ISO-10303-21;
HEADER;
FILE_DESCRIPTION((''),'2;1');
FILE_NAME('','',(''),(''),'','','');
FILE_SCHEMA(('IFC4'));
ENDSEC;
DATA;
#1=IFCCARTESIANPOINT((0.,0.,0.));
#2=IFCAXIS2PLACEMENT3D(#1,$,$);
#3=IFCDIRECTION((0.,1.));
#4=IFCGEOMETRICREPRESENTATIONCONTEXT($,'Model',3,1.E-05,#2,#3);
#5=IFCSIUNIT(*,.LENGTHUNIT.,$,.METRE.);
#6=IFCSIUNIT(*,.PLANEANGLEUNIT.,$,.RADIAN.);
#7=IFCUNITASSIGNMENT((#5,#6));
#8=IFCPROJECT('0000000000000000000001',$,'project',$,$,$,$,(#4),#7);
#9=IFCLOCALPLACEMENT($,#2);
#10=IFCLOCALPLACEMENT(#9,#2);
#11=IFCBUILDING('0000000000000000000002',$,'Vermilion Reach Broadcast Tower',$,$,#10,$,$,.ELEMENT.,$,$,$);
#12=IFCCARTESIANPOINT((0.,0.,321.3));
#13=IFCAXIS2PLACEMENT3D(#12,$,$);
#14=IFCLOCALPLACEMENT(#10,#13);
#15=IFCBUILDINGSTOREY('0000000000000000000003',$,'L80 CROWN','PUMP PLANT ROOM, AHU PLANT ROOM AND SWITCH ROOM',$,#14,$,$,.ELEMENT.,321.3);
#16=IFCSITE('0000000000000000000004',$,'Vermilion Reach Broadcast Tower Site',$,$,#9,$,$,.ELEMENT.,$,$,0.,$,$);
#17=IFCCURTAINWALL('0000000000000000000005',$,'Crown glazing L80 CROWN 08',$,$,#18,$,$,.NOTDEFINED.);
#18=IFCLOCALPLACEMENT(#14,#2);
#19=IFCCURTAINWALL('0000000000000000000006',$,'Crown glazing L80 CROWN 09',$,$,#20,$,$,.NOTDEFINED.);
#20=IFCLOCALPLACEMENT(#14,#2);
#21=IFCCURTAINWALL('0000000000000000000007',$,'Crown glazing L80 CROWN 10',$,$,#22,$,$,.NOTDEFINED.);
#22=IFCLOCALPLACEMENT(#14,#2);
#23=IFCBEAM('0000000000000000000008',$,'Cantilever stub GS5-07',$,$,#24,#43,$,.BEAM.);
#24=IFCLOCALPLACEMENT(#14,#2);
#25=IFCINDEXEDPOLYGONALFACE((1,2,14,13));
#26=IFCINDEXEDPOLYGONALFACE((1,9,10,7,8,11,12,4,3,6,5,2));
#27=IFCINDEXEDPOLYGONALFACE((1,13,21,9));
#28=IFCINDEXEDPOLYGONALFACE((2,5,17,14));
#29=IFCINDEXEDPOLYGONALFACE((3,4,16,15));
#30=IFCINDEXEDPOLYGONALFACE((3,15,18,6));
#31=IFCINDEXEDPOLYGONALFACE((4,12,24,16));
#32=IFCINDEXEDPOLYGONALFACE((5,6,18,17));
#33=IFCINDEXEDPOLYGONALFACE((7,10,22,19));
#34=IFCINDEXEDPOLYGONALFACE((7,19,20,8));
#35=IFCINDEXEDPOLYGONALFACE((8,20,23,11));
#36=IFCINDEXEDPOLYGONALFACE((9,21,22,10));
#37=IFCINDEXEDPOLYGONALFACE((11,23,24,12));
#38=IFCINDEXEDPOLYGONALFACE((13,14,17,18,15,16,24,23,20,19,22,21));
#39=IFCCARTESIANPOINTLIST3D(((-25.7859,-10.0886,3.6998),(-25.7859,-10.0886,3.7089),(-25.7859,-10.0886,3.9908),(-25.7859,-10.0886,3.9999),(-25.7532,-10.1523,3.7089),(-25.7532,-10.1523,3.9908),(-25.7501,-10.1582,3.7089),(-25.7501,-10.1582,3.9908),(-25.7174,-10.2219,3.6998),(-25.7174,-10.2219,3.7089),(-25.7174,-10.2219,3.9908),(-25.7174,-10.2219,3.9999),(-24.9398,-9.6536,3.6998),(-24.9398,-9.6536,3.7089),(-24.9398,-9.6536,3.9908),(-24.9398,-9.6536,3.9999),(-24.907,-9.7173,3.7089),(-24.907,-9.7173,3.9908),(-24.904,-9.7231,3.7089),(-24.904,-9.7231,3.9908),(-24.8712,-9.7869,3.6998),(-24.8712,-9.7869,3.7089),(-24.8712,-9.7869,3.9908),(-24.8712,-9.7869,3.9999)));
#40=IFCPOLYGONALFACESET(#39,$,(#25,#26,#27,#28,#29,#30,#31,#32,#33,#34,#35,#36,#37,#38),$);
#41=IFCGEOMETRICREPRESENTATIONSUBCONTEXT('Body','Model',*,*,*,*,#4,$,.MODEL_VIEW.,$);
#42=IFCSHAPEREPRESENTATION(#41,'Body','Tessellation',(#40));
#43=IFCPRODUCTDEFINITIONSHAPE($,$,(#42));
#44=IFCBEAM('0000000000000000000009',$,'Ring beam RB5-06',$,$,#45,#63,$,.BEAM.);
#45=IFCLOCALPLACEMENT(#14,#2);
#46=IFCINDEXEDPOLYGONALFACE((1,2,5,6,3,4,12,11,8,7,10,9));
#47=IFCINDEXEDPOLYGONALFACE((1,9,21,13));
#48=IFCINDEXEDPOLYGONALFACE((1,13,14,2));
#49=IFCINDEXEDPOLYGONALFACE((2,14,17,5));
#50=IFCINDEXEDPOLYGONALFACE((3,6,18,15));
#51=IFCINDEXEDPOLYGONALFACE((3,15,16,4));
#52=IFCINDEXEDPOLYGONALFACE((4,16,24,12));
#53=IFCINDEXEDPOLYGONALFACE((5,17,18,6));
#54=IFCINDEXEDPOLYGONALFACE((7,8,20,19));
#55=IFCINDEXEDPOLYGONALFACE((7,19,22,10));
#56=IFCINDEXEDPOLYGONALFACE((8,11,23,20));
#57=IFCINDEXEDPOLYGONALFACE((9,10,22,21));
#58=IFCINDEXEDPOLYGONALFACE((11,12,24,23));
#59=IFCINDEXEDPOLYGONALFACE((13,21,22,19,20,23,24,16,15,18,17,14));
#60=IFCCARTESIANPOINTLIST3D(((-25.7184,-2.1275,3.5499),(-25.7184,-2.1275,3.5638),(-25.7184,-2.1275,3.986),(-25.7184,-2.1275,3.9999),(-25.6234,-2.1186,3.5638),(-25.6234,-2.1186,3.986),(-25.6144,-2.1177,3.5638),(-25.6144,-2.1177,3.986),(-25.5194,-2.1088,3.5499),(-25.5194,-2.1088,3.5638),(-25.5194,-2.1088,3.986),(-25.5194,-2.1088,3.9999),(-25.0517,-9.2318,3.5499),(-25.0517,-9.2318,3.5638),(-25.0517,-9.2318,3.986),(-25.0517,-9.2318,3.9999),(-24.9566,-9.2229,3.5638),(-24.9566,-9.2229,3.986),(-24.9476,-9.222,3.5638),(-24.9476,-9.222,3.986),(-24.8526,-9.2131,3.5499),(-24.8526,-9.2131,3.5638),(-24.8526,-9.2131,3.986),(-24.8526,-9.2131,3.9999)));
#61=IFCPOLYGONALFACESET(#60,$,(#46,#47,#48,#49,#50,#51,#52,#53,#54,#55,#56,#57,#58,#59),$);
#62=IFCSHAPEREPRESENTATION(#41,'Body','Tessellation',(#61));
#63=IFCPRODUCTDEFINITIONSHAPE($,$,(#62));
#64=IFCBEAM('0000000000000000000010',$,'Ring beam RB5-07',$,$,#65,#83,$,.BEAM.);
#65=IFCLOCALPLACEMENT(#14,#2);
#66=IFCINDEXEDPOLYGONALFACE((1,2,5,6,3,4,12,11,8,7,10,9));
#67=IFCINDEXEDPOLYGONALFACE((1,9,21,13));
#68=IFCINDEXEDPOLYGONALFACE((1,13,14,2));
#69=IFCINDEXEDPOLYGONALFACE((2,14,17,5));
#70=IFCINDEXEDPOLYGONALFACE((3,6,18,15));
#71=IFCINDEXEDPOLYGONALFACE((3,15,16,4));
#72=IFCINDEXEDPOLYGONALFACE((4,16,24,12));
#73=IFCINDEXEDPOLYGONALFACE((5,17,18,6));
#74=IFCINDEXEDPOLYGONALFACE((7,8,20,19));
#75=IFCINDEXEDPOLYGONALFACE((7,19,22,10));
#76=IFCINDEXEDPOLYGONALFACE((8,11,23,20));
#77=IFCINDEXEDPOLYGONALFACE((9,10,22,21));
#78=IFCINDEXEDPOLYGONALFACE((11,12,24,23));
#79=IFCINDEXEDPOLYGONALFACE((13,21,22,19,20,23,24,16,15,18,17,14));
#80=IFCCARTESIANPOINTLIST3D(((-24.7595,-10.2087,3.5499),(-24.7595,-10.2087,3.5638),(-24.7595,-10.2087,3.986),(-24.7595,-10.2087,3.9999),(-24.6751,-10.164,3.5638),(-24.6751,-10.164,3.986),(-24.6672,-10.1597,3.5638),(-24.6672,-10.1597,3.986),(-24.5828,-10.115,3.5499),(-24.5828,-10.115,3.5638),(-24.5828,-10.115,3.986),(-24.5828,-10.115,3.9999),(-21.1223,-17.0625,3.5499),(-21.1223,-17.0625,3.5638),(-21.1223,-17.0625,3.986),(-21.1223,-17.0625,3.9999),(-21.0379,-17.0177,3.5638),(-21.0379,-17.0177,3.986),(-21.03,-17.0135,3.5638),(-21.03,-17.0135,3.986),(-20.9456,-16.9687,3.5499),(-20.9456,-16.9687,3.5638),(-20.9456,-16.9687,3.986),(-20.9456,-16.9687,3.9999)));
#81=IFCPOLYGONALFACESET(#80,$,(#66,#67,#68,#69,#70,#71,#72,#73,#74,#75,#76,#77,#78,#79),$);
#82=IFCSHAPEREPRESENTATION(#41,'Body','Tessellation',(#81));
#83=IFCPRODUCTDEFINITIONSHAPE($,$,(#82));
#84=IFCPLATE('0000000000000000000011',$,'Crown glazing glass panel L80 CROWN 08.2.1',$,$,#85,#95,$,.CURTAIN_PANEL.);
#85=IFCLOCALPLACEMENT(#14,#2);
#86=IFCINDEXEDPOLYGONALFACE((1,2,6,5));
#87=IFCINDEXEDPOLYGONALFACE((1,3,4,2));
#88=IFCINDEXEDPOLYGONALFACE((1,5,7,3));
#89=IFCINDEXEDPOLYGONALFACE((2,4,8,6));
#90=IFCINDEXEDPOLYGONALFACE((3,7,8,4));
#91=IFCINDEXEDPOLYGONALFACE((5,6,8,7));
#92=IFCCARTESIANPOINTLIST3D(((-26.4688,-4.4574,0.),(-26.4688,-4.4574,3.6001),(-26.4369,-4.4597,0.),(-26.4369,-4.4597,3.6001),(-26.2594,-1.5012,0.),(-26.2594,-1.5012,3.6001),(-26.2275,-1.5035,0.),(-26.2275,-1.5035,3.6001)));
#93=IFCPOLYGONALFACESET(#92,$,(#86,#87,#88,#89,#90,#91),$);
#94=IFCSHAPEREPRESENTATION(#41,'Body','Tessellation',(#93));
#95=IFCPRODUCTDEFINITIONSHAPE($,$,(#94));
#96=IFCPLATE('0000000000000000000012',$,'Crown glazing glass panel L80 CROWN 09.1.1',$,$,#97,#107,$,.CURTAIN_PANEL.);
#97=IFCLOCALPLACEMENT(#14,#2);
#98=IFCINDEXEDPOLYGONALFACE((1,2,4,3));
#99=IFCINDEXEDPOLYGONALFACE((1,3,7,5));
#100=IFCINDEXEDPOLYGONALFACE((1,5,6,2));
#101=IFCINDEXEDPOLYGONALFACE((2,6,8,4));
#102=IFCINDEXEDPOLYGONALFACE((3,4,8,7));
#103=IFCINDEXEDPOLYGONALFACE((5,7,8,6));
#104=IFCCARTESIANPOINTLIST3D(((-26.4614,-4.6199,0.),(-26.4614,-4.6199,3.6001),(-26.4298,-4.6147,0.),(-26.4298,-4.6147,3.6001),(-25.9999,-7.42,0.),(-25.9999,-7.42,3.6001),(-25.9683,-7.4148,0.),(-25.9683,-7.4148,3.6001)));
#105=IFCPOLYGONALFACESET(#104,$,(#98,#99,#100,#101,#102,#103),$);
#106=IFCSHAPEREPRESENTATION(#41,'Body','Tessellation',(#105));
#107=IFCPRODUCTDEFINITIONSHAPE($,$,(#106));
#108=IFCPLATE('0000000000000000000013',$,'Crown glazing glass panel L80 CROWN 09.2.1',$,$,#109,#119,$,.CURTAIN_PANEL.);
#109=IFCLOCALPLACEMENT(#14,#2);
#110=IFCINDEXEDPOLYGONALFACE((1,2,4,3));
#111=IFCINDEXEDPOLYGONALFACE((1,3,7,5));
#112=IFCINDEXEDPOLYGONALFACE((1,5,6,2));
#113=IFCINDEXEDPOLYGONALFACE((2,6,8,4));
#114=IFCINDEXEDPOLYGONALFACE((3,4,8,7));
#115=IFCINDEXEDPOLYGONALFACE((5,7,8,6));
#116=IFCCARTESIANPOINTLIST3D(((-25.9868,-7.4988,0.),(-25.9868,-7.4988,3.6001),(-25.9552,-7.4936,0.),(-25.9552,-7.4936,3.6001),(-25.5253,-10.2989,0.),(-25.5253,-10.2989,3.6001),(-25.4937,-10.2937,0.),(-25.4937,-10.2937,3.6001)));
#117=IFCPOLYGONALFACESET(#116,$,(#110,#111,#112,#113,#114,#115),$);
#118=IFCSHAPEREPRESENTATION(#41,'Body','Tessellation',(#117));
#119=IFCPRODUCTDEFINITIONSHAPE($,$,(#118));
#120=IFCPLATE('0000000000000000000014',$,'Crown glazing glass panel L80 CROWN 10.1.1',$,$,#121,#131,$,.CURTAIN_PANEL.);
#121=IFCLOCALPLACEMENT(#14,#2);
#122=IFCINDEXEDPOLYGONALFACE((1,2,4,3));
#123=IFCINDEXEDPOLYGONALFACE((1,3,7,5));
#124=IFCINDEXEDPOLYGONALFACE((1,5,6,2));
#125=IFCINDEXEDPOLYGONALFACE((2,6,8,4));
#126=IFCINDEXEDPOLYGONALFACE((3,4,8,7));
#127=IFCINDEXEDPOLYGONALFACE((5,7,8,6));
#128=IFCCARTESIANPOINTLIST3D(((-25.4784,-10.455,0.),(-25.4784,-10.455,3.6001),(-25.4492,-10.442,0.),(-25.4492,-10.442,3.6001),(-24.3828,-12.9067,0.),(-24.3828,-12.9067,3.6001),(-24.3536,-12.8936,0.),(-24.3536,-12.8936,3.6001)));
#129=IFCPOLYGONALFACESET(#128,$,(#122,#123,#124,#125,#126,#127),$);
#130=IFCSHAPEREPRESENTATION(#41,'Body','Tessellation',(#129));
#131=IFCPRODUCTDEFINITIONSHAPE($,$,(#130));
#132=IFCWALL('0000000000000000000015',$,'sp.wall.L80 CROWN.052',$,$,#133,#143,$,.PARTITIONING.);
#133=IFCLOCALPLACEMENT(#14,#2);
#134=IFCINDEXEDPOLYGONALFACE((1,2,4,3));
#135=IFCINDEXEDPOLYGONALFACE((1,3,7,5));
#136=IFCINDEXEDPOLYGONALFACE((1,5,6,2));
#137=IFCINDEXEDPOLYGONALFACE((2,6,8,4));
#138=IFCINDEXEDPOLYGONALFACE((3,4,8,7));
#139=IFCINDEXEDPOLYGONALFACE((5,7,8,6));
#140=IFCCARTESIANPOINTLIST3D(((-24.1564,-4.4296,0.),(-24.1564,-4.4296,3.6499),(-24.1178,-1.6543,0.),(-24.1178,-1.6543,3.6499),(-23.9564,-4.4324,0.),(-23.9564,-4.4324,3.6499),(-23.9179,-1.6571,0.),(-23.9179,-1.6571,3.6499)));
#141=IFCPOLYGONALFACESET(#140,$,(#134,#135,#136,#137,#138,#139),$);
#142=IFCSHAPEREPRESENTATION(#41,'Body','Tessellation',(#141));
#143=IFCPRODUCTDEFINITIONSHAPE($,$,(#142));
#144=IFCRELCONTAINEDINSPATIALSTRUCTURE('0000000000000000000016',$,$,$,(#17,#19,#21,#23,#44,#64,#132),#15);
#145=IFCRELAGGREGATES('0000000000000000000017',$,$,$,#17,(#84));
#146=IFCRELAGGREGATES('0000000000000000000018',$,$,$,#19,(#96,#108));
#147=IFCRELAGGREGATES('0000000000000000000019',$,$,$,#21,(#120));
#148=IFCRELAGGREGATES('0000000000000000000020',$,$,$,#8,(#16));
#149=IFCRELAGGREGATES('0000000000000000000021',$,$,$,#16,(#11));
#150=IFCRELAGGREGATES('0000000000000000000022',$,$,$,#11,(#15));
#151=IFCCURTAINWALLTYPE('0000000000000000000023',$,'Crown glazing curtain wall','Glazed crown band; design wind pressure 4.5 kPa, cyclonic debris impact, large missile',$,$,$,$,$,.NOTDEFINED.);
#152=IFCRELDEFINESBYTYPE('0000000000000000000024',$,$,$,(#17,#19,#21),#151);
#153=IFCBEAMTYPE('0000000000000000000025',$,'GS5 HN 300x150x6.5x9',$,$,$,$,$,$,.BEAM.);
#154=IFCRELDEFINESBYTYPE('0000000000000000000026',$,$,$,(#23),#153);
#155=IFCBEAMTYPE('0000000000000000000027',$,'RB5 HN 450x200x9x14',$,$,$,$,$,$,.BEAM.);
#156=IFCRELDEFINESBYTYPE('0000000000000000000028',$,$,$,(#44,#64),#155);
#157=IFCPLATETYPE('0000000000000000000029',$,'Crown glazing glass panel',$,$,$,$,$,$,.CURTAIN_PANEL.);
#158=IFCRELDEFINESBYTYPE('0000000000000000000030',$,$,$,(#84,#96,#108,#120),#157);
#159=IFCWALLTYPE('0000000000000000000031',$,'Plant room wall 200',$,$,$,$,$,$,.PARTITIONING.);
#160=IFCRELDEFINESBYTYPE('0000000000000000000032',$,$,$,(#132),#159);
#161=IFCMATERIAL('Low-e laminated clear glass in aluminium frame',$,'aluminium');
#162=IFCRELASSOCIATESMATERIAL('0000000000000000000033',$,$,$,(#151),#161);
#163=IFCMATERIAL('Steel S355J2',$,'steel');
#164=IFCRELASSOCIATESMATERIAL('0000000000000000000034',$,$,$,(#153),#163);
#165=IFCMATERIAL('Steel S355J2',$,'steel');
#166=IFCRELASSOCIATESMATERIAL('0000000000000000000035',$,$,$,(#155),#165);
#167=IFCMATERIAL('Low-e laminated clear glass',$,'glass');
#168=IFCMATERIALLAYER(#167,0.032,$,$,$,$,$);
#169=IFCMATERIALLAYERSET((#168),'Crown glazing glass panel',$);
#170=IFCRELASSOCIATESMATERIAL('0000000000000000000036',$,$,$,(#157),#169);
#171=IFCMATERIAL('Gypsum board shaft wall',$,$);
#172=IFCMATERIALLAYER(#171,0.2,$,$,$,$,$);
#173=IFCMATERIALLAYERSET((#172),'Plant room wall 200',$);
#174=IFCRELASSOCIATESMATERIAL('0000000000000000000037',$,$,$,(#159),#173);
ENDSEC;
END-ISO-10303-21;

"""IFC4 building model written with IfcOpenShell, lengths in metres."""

from ifc_helpers import new_model, si_unit, direction, frame, frame_2d, origin, origin_2d, place, context, subcontext, project, spatial, rectangle, i_section, extrude, material, layer, layer_set, material_profile, profile_set, type_object, element, aggregate, save


model = new_model("IFC4")

# Units and contexts
model_context = context("Model", 3, precision=1e-05, world=origin(), true_north=direction((0.0, 1.0)))
body_context = subcontext(model_context, "Body", "Model", "MODEL_VIEW")
ifc_project = project(units=[si_unit("LENGTHUNIT", "METRE"), si_unit("PLANEANGLEUNIT", "RADIAN")], contexts=[model_context])

# Site, building, storey
site_placement = place(None, origin())
site = spatial("IfcSite", under=ifc_project, at=site_placement, Name="Vermilion Reach Broadcast Tower Site", CompositionType="ELEMENT", RefElevation=0.0)
building_placement = place(site_placement, origin())
building = spatial("IfcBuilding", under=site, at=building_placement, Name="Vermilion Reach Broadcast Tower", CompositionType="ELEMENT")
storey_placement = place(building_placement, frame((0.0, 0.0, 321.3)))
storey = spatial("IfcBuildingStorey", under=building, at=storey_placement, Name="L80 CROWN", Description="PUMP PLANT ROOM, AHU PLANT ROOM AND SWITCH ROOM", CompositionType="ELEMENT", Elevation=321.3)

# Curtain walls
ifc_material_1 = material(Name="Low-e laminated clear glass in aluminium frame", Category="aluminium")
curtain_wall_type = type_object("IfcCurtainWallType", Name="Crown glazing curtain wall", Description="Glazed crown band; design wind pressure 4.5 kPa, cyclonic debris impact, large missile", PredefinedType="NOTDEFINED", material=ifc_material_1)
placement = place(storey_placement, origin())
curtain_wall_1 = element("IfcCurtainWall", 1, at=placement, inside=storey, type_object=curtain_wall_type, Name="Crown glazing L80 CROWN 08", PredefinedType="NOTDEFINED")
curtain_wall_2 = element("IfcCurtainWall", 2, at=placement, inside=storey, type_object=curtain_wall_type, Name="Crown glazing L80 CROWN 09", PredefinedType="NOTDEFINED")
curtain_wall_3 = element("IfcCurtainWall", 3, at=placement, inside=storey, type_object=curtain_wall_type, Name="Crown glazing L80 CROWN 10", PredefinedType="NOTDEFINED")

# Beams
ifc_material_2 = material(Name="Steel S355J2", Category="steel")
ifc_material_profile_1 = material_profile(ifc_material_2, i_section(OverallWidth=0.1499, OverallDepth=0.3, WebThickness=0.0066, FlangeThickness=0.009, at=origin_2d()), Name="S355J2 HN 300x150x6.5x9")
ifc_profile_set_1 = profile_set([ifc_material_profile_1], Name="Steel S355J2")
beam_type_1 = type_object("IfcBeamType", Name="GS5 HN 300x150x6.5x9", PredefinedType="BEAM", material=ifc_profile_set_1)
beam_1_placement = place(storey_placement, frame((-24.9055, -9.7202, 3.8499), z_axis=(-0.889341, -0.457244, 0.0), x_axis=(0.457244, -0.889341, 0.0)))
element("IfcBeam", 4, at=beam_1_placement, inside=storey, type_object=beam_type_1, Name="Cantilever stub GS5-07", PredefinedType="BEAM", context=body_context, shape_type="SweptSolid", body=[
    extrude(i_section(OverallWidth=0.1499, OverallDepth=0.3, WebThickness=0.0066, FlangeThickness=0.009, at=origin_2d()), origin(), (0.0, 0.0, 1.0), 0.9514),
])
ifc_material_3 = material(Name="Steel S355J2", Category="steel")
ifc_material_profile_2 = material_profile(ifc_material_3, i_section(OverallWidth=0.2, OverallDepth=0.45, WebThickness=0.009, FlangeThickness=0.0139, at=origin_2d()), Name="S355J2 HN 450x200x9x14")
ifc_profile_set_2 = profile_set([ifc_material_profile_2], Name="Steel S355J2")
beam_type_2 = type_object("IfcBeamType", Name="RB5 HN 450x200x9x14", PredefinedType="BEAM", material=ifc_profile_set_2)
beam_2_placement = place(storey_placement, frame((-25.6189, -2.1182, 3.7749), z_axis=(0.093441, -0.995625, 0.0), x_axis=(0.995625, 0.093441, 0.0)))
element("IfcBeam", 5, at=beam_2_placement, inside=storey, type_object=beam_type_2, Name="Ring beam RB5-06", PredefinedType="BEAM", context=body_context, shape_type="SweptSolid", body=[
    extrude(i_section(OverallWidth=0.2, OverallDepth=0.45, WebThickness=0.009, FlangeThickness=0.0139, at=origin_2d()), origin(), (0.0, 0.0, 1.0), 7.1355),
])
beam_3_placement = place(storey_placement, frame((-24.6711, -10.1619, 3.7749), z_axis=(0.468768, -0.883321, 0.0), x_axis=(0.883321, 0.468768, 0.0)))
element("IfcBeam", 6, at=beam_3_placement, inside=storey, type_object=beam_type_2, Name="Ring beam RB5-07", PredefinedType="BEAM", context=body_context, shape_type="SweptSolid", body=[
    extrude(i_section(OverallWidth=0.2, OverallDepth=0.45, WebThickness=0.009, FlangeThickness=0.0139, at=origin_2d()), origin(), (0.0, 0.0, 1.0), 7.759),
])

# Plates
ifc_material_4 = material(Name="Low-e laminated clear glass", Category="glass")
ifc_layer_1 = layer(ifc_material_4, 0.032)
ifc_layer_set_1 = layer_set([ifc_layer_1], Name="Crown glazing glass panel")
plate_type = type_object("IfcPlateType", Name="Crown glazing glass panel", PredefinedType="CURTAIN_PANEL", material=ifc_layer_set_1)
plate_1_placement = place(storey_placement, frame((-26.3481, -2.9805, 0.0), z_axis=(0.0, 0.0, 1.0), x_axis=(-0.070673, -0.9975, 0.0)))
plate_1 = element("IfcPlate", 7, at=plate_1_placement, type_object=plate_type, Name="Crown glazing glass panel L80 CROWN 08.2.1", PredefinedType="CURTAIN_PANEL", context=body_context, shape_type="SweptSolid", body=[
    extrude(rectangle(XDim=2.9636, YDim=0.032, at=origin_2d()), origin(), (0.0, 0.0, 1.0), 3.6001),
])
aggregate(curtain_wall_1, [plate_1])
plate_2_placement = place(storey_placement, frame((-26.2148, -6.0173, 0.0), z_axis=(0.0, 0.0, 1.0), x_axis=(0.162618, -0.986689, 0.0)))
plate_2 = element("IfcPlate", 8, at=plate_2_placement, type_object=plate_type, Name="Crown glazing glass panel L80 CROWN 09.1.1", PredefinedType="CURTAIN_PANEL", context=body_context, shape_type="SweptSolid", body=[
    extrude(rectangle(XDim=2.8379, YDim=0.032, at=origin_2d()), origin(), (0.0, 0.0, 1.0), 3.6001),
])
plate_3_placement = place(storey_placement, frame((-25.7402, -8.8962, 0.0), z_axis=(0.0, 0.0, 1.0), x_axis=(0.162618, -0.986689, 0.0)))
plate_3 = element("IfcPlate", 9, at=plate_3_placement, type_object=plate_type, Name="Crown glazing glass panel L80 CROWN 09.2.1", PredefinedType="CURTAIN_PANEL", context=body_context, shape_type="SweptSolid", body=[
    extrude(rectangle(XDim=2.8379, YDim=0.032, at=origin_2d()), origin(), (0.0, 0.0, 1.0), 3.6001),
])
aggregate(curtain_wall_2, [plate_2, plate_3])
plate_4_placement = place(storey_placement, frame((-24.916, -11.6743, 0.0), z_axis=(0.0, 0.0, 1.0), x_axis=(0.407985, -0.912989, 0.0)))
plate_4 = element("IfcPlate", 10, at=plate_4_placement, type_object=plate_type, Name="Crown glazing glass panel L80 CROWN 10.1.1", PredefinedType="CURTAIN_PANEL", context=body_context, shape_type="SweptSolid", body=[
    extrude(rectangle(XDim=2.6853, YDim=0.032, at=origin_2d()), origin(), (0.0, 0.0, 1.0), 3.6001),
])
aggregate(curtain_wall_3, [plate_4])

# Wall
ifc_material_5 = material(Name="Gypsum board shaft wall")
ifc_layer_2 = layer(ifc_material_5, 0.2)
ifc_layer_set_2 = layer_set([ifc_layer_2], Name="Plant room wall 200")
wall_type = type_object("IfcWallType", Name="Plant room wall 200", PredefinedType="PARTITIONING", material=ifc_layer_set_2)
wall_placement = place(storey_placement, frame((-24.0564, -4.4309, 0.0), z_axis=(0.0, 0.0, 1.0), x_axis=(0.013897, 0.999903, 0.0)))
element("IfcWall", 11, at=wall_placement, inside=storey, type_object=wall_type, Name="sp.wall.L80 CROWN.052", PredefinedType="PARTITIONING", context=body_context, shape_type="SweptSolid", body=[
    extrude(rectangle(XDim=2.7756, YDim=0.2, at=frame_2d((1.3877, 0.0))), origin(), (0.0, 0.0, 1.0), 3.6499),
])

save(model, "model.ifc")
